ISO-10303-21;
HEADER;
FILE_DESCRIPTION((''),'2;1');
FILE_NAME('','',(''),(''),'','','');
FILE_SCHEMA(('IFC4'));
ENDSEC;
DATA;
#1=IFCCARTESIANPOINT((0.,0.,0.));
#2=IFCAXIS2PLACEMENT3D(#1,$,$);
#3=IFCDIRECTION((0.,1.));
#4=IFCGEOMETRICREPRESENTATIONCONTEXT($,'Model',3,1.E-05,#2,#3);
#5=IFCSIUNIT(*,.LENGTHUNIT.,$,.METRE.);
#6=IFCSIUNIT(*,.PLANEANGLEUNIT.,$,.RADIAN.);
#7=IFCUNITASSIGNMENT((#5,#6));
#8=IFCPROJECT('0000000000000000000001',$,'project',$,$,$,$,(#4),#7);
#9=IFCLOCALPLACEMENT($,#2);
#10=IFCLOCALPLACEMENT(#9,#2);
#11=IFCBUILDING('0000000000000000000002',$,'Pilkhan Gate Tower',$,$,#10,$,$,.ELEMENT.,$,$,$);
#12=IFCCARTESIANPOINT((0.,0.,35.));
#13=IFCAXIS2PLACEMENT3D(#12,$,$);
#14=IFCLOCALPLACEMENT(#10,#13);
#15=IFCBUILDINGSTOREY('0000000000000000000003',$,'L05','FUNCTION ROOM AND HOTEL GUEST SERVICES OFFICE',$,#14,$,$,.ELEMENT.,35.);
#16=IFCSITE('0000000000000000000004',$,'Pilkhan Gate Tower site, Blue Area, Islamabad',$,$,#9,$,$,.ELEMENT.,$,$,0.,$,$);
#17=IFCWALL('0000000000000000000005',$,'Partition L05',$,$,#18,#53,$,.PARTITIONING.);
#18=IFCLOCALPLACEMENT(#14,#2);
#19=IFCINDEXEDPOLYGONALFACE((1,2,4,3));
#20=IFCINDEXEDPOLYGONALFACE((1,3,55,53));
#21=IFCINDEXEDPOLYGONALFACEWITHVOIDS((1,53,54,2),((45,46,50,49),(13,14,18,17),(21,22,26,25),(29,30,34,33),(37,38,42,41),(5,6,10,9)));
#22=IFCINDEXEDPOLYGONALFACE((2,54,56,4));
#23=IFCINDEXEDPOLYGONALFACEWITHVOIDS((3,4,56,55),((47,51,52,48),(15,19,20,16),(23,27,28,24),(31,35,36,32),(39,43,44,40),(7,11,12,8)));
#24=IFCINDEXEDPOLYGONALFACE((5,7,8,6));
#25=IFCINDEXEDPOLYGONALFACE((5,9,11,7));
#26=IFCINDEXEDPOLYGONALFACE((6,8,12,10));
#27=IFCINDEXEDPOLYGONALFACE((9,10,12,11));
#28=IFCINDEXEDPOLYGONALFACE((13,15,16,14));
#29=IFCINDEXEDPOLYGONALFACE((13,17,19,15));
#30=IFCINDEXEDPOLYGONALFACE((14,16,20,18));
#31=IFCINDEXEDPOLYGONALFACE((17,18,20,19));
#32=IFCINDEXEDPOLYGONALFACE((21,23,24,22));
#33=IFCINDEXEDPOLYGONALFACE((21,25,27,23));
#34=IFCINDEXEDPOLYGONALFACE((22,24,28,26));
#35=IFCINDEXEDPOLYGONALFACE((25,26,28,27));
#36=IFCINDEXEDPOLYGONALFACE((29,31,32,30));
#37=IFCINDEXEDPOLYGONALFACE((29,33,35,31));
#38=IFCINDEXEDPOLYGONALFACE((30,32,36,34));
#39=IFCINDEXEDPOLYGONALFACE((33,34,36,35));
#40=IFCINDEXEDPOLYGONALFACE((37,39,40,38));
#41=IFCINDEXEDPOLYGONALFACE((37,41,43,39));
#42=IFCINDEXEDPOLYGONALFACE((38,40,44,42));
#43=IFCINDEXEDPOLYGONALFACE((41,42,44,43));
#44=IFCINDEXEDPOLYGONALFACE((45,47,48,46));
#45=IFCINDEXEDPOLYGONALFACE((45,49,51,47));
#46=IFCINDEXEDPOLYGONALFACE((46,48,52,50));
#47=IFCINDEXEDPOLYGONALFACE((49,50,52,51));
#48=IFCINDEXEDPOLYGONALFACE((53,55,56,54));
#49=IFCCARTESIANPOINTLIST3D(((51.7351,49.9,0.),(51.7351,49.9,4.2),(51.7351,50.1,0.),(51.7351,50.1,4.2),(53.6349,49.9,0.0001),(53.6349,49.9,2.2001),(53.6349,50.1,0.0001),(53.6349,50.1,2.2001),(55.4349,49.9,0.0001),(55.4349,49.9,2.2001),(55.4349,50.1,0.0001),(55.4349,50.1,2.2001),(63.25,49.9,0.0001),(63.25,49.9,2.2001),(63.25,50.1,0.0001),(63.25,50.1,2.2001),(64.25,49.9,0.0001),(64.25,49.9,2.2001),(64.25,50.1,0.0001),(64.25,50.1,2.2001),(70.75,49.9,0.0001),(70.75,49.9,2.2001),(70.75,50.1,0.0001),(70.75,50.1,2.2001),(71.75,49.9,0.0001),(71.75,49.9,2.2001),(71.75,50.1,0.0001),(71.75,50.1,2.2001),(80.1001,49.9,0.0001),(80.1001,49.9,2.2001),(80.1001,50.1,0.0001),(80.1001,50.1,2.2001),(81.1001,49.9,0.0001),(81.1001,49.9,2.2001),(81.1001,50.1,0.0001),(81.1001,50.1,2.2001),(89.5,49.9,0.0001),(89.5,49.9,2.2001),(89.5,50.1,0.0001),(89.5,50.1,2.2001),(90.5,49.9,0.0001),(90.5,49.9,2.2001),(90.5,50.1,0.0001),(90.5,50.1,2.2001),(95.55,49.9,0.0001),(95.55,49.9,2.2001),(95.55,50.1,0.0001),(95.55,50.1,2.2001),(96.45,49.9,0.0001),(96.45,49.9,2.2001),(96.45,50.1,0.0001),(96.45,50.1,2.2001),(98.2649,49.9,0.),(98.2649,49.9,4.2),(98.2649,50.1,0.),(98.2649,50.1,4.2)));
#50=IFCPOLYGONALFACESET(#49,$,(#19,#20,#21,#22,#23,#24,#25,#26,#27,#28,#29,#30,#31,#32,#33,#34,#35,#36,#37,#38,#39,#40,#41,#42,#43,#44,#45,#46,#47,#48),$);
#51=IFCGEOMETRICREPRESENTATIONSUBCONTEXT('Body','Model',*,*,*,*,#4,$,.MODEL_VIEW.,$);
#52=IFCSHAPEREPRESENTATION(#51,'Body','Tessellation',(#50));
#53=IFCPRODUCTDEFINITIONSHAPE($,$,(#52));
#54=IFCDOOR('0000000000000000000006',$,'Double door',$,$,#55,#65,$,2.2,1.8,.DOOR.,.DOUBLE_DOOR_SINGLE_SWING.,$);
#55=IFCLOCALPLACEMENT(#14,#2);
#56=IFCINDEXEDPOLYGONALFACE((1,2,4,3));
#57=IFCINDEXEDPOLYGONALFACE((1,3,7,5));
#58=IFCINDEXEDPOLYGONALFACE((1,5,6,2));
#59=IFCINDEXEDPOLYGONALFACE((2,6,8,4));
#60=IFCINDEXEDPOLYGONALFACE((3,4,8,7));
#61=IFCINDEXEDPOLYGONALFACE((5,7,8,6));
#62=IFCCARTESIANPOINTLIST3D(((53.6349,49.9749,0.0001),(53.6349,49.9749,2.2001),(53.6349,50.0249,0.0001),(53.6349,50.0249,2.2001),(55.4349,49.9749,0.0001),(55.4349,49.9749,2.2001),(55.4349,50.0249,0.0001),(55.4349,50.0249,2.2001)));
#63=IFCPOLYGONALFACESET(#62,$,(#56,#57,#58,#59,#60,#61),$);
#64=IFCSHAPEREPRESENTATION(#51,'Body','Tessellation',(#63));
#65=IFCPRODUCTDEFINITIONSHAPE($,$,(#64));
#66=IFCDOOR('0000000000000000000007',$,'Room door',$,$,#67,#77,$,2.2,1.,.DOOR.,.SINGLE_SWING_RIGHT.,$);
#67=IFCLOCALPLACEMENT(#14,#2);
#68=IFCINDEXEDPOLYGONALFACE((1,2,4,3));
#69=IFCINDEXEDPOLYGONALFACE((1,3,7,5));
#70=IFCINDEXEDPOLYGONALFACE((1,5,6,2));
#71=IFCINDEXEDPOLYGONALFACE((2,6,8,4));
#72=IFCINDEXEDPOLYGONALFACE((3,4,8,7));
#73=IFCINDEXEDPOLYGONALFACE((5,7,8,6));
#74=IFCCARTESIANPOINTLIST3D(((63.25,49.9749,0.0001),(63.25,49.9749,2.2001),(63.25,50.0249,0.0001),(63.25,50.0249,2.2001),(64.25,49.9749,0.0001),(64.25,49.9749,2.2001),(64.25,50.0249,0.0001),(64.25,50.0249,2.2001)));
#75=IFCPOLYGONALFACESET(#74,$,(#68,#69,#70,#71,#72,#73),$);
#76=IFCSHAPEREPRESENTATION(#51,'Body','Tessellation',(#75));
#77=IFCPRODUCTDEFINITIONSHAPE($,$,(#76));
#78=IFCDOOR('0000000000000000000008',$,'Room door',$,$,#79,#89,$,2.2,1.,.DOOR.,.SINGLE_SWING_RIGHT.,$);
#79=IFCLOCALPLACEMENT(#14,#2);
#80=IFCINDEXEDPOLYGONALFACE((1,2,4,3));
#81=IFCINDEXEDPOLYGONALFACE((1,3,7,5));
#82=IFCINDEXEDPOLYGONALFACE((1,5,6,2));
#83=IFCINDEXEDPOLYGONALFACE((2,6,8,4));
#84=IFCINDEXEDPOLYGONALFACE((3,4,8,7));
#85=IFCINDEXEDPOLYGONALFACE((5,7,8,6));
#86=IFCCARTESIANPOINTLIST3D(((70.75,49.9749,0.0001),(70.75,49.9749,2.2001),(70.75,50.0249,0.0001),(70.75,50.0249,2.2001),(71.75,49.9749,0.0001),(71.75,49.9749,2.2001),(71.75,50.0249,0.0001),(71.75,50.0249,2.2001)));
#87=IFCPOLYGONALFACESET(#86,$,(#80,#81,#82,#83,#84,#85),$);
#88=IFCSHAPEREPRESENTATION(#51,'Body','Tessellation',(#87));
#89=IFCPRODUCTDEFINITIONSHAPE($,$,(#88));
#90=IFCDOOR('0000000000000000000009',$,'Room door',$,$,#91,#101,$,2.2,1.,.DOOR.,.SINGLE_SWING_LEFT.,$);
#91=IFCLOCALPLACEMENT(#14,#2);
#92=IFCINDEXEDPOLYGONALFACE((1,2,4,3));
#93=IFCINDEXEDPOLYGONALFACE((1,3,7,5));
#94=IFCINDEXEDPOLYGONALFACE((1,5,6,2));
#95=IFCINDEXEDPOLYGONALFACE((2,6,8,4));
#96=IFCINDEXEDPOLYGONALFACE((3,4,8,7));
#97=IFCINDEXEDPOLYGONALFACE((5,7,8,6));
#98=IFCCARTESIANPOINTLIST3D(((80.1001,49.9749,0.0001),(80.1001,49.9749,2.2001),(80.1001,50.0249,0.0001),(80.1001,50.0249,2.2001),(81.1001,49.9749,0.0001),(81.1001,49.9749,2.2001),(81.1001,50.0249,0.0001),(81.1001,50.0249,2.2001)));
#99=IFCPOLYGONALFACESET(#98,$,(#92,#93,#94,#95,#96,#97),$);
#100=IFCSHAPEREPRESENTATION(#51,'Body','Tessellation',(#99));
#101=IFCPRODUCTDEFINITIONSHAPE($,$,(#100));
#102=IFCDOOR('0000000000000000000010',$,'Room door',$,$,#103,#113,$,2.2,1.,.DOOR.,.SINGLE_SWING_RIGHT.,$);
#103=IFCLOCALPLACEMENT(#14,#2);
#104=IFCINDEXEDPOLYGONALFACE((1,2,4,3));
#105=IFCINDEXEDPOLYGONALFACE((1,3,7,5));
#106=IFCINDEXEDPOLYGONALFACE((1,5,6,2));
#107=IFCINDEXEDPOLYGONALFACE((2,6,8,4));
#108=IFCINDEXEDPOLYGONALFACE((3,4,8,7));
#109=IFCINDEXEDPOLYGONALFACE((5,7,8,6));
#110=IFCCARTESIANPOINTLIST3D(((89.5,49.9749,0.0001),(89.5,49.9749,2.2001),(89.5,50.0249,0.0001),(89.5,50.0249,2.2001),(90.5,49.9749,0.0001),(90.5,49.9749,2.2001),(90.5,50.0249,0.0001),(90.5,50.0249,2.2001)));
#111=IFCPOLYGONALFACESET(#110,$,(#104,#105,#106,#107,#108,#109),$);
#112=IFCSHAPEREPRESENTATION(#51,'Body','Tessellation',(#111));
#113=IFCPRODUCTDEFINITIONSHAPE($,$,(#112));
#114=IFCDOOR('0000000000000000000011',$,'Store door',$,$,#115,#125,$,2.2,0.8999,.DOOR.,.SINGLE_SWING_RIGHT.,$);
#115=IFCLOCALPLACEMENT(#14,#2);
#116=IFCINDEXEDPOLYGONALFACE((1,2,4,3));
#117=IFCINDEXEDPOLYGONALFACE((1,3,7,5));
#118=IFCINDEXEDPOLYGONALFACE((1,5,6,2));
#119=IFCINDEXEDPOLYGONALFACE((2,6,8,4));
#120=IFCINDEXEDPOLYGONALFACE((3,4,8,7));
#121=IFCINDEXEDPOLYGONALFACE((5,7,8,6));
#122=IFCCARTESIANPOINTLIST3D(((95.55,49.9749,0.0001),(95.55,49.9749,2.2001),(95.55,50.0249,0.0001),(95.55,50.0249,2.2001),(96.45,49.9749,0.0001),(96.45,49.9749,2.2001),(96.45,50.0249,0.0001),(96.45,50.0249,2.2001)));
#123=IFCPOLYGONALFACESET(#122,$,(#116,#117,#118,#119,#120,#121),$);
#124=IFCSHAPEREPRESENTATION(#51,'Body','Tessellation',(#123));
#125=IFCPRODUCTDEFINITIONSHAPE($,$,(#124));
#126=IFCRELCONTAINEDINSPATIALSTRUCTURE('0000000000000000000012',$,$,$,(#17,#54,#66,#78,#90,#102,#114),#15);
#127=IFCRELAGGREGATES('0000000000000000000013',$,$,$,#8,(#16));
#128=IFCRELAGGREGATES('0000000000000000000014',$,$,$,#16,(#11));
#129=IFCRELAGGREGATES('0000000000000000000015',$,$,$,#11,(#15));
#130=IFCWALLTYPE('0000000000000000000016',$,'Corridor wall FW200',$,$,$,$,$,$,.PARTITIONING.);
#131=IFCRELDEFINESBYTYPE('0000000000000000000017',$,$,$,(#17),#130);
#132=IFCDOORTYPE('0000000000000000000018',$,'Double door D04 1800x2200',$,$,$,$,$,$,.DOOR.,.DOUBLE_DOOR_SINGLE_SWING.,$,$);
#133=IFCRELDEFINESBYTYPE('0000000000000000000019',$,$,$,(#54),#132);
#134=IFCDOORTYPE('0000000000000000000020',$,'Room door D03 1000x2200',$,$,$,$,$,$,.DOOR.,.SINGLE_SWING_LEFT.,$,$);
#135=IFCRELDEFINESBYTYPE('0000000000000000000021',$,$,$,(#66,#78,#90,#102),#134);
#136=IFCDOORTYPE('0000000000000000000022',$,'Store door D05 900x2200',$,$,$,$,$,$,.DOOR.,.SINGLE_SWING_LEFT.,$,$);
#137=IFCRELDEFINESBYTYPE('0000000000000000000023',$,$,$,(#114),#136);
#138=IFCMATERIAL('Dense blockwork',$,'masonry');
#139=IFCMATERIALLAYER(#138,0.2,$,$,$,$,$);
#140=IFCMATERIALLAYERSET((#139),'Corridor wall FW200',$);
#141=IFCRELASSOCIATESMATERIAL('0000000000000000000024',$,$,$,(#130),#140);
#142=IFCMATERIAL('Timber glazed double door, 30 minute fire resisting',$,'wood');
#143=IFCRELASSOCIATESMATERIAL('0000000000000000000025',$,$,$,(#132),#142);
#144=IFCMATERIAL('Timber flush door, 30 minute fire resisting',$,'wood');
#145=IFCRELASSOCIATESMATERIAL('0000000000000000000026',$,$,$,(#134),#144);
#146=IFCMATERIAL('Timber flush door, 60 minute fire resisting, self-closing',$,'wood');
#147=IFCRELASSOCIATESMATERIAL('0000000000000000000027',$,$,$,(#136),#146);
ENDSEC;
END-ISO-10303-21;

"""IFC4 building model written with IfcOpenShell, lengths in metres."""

from ifc_helpers import new_model, si_unit, direction, frame, frame_2d, origin, place, context, subcontext, project, spatial, rectangle, extrude, material, layer, layer_set, type_object, element, fill, save


model = new_model("IFC4")

# Units and contexts
model_context = context("Model", 3, precision=1e-05, world=origin(), true_north=direction((0.0, 1.0)))
body_context = subcontext(model_context, "Body", "Model", "MODEL_VIEW")
ifc_project = project(units=[si_unit("LENGTHUNIT", "METRE"), si_unit("PLANEANGLEUNIT", "RADIAN")], contexts=[model_context])

# Site, building, storey
site_placement = place(None, origin())
site = spatial("IfcSite", under=ifc_project, at=site_placement, Name="Pilkhan Gate Tower site, Blue Area, Islamabad", CompositionType="ELEMENT", RefElevation=0.0)
building_placement = place(site_placement, origin())
building = spatial("IfcBuilding", under=site, at=building_placement, Name="Pilkhan Gate Tower", CompositionType="ELEMENT")
storey_placement = place(building_placement, frame((0.0, 0.0, 35.0)))
storey = spatial("IfcBuildingStorey", under=building, at=storey_placement, Name="L05", Description="FUNCTION ROOM AND HOTEL GUEST SERVICES OFFICE", CompositionType="ELEMENT", Elevation=35.0)

# Wall, openings, doors
ifc_material_1 = material(Name="Dense blockwork", Category="masonry")
ifc_layer_1 = layer(ifc_material_1, 0.2)
ifc_layer_set_1 = layer_set([ifc_layer_1], Name="Corridor wall FW200")
wall_type = type_object("IfcWallType", Name="Corridor wall FW200", PredefinedType="PARTITIONING", material=ifc_layer_set_1)
wall_placement = place(storey_placement, frame((51.7351, 50.0, 0.0), z_axis=(0.0, 0.0, 1.0), x_axis=(1.0, 0.0, 0.0)))
wall = element("IfcWall", 1, at=wall_placement, inside=storey, type_object=wall_type, Name="Partition L05", PredefinedType="PARTITIONING", context=body_context, shape_type="SweptSolid", body=[
    extrude(rectangle(XDim=46.5298, YDim=0.2, at=frame_2d((23.2649, 0.0))), origin(), (0.0, 0.0, 1.0), 4.2),
])
opening_1_placement = place(wall_placement, frame((1.8999, 0.0, 0.0)))
opening_1 = element("IfcOpeningElement", 2, at=opening_1_placement, cuts=wall, PredefinedType="OPENING", context=body_context, shape_type="SweptSolid", body=[
    extrude(rectangle(XDim=1.8, YDim=2.2, at=frame_2d((0.8999, 1.1001))), frame((0.0, 0.1099, 0.0), z_axis=(0.0, -1.0, 0.0), x_axis=(1.0, 0.0, 0.0)), (0.0, 0.0, 1.0), 0.22),
])
opening_2_placement = place(wall_placement, frame((11.5149, 0.0, 0.0)))
opening_2 = element("IfcOpeningElement", 3, at=opening_2_placement, cuts=wall, PredefinedType="OPENING", context=body_context, shape_type="SweptSolid", body=[
    extrude(rectangle(XDim=1.0, YDim=2.2, at=frame_2d((0.5, 1.1001))), frame((0.0, 0.1099, 0.0), z_axis=(0.0, -1.0, 0.0), x_axis=(1.0, 0.0, 0.0)), (0.0, 0.0, 1.0), 0.22),
])
opening_3_placement = place(wall_placement, frame((19.0149, 0.0, 0.0)))
opening_3 = element("IfcOpeningElement", 4, at=opening_3_placement, cuts=wall, PredefinedType="OPENING", context=body_context, shape_type="SweptSolid", body=[
    extrude(rectangle(XDim=1.0, YDim=2.2, at=frame_2d((0.5, 1.1001))), frame((0.0, 0.1099, 0.0), z_axis=(0.0, -1.0, 0.0), x_axis=(1.0, 0.0, 0.0)), (0.0, 0.0, 1.0), 0.22),
])
opening_4_placement = place(wall_placement, frame((28.365, 0.0, 0.0)))
opening_4 = element("IfcOpeningElement", 5, at=opening_4_placement, cuts=wall, PredefinedType="OPENING", context=body_context, shape_type="SweptSolid", body=[
    extrude(rectangle(XDim=1.0, YDim=2.2, at=frame_2d((0.5, 1.1001))), frame((0.0, 0.1099, 0.0), z_axis=(0.0, -1.0, 0.0), x_axis=(1.0, 0.0, 0.0)), (0.0, 0.0, 1.0), 0.22),
])
opening_5_placement = place(wall_placement, frame((37.7649, 0.0, 0.0)))
opening_5 = element("IfcOpeningElement", 6, at=opening_5_placement, cuts=wall, PredefinedType="OPENING", context=body_context, shape_type="SweptSolid", body=[
    extrude(rectangle(XDim=1.0, YDim=2.2, at=frame_2d((0.5, 1.1001))), frame((0.0, 0.1099, 0.0), z_axis=(0.0, -1.0, 0.0), x_axis=(1.0, 0.0, 0.0)), (0.0, 0.0, 1.0), 0.22),
])
opening_6_placement = place(wall_placement, frame((43.8149, 0.0, 0.0)))
opening_6 = element("IfcOpeningElement", 7, at=opening_6_placement, cuts=wall, PredefinedType="OPENING", context=body_context, shape_type="SweptSolid", body=[
    extrude(rectangle(XDim=0.8999, YDim=2.2, at=frame_2d((0.45, 1.1001))), frame((0.0, 0.1099, 0.0), z_axis=(0.0, -1.0, 0.0), x_axis=(1.0, 0.0, 0.0)), (0.0, 0.0, 1.0), 0.22),
])
ifc_material_2 = material(Name="Timber glazed double door, 30 minute fire resisting", Category="wood")
door_type_1 = type_object("IfcDoorType", Name="Double door D04 1800x2200", OperationType="DOUBLE_DOOR_SINGLE_SWING", PredefinedType="DOOR", material=ifc_material_2)
door_1_placement = place(opening_1_placement, origin())
door_1 = element("IfcDoor", 8, at=door_1_placement, inside=storey, type_object=door_type_1, Name="Double door", OperationType="DOUBLE_DOOR_SINGLE_SWING", OverallHeight=2.2, OverallWidth=1.8, PredefinedType="DOOR", context=body_context, shape_type="SweptSolid", body=[
    extrude(rectangle(XDim=1.8, YDim=2.2, at=frame_2d((0.8999, 1.1001))), frame((0.0, 0.0249, 0.0), z_axis=(0.0, -1.0, 0.0), x_axis=(1.0, 0.0, 0.0)), (0.0, 0.0, 1.0), 0.05),
])
fill(opening_1, door_1)
ifc_material_3 = material(Name="Timber flush door, 30 minute fire resisting", Category="wood")
door_type_2 = type_object("IfcDoorType", Name="Room door D03 1000x2200", OperationType="SINGLE_SWING_LEFT", PredefinedType="DOOR", material=ifc_material_3)
door_2_placement = place(opening_2_placement, origin())
door_2 = element("IfcDoor", 9, at=door_2_placement, inside=storey, type_object=door_type_2, Name="Room door", OperationType="SINGLE_SWING_RIGHT", OverallHeight=2.2, OverallWidth=1.0, PredefinedType="DOOR", context=body_context, shape_type="SweptSolid", body=[
    extrude(rectangle(XDim=1.0, YDim=2.2, at=frame_2d((0.5, 1.1001))), frame((0.0, 0.0249, 0.0), z_axis=(0.0, -1.0, 0.0), x_axis=(1.0, 0.0, 0.0)), (0.0, 0.0, 1.0), 0.05),
])
fill(opening_2, door_2)
door_3_placement = place(opening_3_placement, origin())
door_3 = element("IfcDoor", 10, at=door_3_placement, inside=storey, type_object=door_type_2, Name="Room door", OperationType="SINGLE_SWING_RIGHT", OverallHeight=2.2, OverallWidth=1.0, PredefinedType="DOOR", context=body_context, shape_type="SweptSolid", body=[
    extrude(rectangle(XDim=1.0, YDim=2.2, at=frame_2d((0.5, 1.1001))), frame((0.0, 0.0249, 0.0), z_axis=(0.0, -1.0, 0.0), x_axis=(1.0, 0.0, 0.0)), (0.0, 0.0, 1.0), 0.05),
])
fill(opening_3, door_3)
door_4_placement = place(opening_4_placement, origin())
door_4 = element("IfcDoor", 11, at=door_4_placement, inside=storey, type_object=door_type_2, Name="Room door", OperationType="SINGLE_SWING_LEFT", OverallHeight=2.2, OverallWidth=1.0, PredefinedType="DOOR", context=body_context, shape_type="SweptSolid", body=[
    extrude(rectangle(XDim=1.0, YDim=2.2, at=frame_2d((0.5, 1.1001))), frame((0.0, 0.0249, 0.0), z_axis=(0.0, -1.0, 0.0), x_axis=(1.0, 0.0, 0.0)), (0.0, 0.0, 1.0), 0.05),
])
fill(opening_4, door_4)
door_5_placement = place(opening_5_placement, origin())
door_5 = element("IfcDoor", 12, at=door_5_placement, inside=storey, type_object=door_type_2, Name="Room door", OperationType="SINGLE_SWING_RIGHT", OverallHeight=2.2, OverallWidth=1.0, PredefinedType="DOOR", context=body_context, shape_type="SweptSolid", body=[
    extrude(rectangle(XDim=1.0, YDim=2.2, at=frame_2d((0.5, 1.1001))), frame((0.0, 0.0249, 0.0), z_axis=(0.0, -1.0, 0.0), x_axis=(1.0, 0.0, 0.0)), (0.0, 0.0, 1.0), 0.05),
])
fill(opening_5, door_5)
ifc_material_4 = material(Name="Timber flush door, 60 minute fire resisting, self-closing", Category="wood")
door_type_3 = type_object("IfcDoorType", Name="Store door D05 900x2200", OperationType="SINGLE_SWING_LEFT", PredefinedType="DOOR", material=ifc_material_4)
door_6_placement = place(opening_6_placement, origin())
door_6 = element("IfcDoor", 13, at=door_6_placement, inside=storey, type_object=door_type_3, Name="Store door", OperationType="SINGLE_SWING_RIGHT", OverallHeight=2.2, OverallWidth=0.8999, PredefinedType="DOOR", context=body_context, shape_type="SweptSolid", body=[
    extrude(rectangle(XDim=0.8999, YDim=2.2, at=frame_2d((0.45, 1.1001))), frame((0.0, 0.0249, 0.0), z_axis=(0.0, -1.0, 0.0), x_axis=(1.0, 0.0, 0.0)), (0.0, 0.0, 1.0), 0.05),
])
fill(opening_6, door_6)

save(model, "model.ifc")
